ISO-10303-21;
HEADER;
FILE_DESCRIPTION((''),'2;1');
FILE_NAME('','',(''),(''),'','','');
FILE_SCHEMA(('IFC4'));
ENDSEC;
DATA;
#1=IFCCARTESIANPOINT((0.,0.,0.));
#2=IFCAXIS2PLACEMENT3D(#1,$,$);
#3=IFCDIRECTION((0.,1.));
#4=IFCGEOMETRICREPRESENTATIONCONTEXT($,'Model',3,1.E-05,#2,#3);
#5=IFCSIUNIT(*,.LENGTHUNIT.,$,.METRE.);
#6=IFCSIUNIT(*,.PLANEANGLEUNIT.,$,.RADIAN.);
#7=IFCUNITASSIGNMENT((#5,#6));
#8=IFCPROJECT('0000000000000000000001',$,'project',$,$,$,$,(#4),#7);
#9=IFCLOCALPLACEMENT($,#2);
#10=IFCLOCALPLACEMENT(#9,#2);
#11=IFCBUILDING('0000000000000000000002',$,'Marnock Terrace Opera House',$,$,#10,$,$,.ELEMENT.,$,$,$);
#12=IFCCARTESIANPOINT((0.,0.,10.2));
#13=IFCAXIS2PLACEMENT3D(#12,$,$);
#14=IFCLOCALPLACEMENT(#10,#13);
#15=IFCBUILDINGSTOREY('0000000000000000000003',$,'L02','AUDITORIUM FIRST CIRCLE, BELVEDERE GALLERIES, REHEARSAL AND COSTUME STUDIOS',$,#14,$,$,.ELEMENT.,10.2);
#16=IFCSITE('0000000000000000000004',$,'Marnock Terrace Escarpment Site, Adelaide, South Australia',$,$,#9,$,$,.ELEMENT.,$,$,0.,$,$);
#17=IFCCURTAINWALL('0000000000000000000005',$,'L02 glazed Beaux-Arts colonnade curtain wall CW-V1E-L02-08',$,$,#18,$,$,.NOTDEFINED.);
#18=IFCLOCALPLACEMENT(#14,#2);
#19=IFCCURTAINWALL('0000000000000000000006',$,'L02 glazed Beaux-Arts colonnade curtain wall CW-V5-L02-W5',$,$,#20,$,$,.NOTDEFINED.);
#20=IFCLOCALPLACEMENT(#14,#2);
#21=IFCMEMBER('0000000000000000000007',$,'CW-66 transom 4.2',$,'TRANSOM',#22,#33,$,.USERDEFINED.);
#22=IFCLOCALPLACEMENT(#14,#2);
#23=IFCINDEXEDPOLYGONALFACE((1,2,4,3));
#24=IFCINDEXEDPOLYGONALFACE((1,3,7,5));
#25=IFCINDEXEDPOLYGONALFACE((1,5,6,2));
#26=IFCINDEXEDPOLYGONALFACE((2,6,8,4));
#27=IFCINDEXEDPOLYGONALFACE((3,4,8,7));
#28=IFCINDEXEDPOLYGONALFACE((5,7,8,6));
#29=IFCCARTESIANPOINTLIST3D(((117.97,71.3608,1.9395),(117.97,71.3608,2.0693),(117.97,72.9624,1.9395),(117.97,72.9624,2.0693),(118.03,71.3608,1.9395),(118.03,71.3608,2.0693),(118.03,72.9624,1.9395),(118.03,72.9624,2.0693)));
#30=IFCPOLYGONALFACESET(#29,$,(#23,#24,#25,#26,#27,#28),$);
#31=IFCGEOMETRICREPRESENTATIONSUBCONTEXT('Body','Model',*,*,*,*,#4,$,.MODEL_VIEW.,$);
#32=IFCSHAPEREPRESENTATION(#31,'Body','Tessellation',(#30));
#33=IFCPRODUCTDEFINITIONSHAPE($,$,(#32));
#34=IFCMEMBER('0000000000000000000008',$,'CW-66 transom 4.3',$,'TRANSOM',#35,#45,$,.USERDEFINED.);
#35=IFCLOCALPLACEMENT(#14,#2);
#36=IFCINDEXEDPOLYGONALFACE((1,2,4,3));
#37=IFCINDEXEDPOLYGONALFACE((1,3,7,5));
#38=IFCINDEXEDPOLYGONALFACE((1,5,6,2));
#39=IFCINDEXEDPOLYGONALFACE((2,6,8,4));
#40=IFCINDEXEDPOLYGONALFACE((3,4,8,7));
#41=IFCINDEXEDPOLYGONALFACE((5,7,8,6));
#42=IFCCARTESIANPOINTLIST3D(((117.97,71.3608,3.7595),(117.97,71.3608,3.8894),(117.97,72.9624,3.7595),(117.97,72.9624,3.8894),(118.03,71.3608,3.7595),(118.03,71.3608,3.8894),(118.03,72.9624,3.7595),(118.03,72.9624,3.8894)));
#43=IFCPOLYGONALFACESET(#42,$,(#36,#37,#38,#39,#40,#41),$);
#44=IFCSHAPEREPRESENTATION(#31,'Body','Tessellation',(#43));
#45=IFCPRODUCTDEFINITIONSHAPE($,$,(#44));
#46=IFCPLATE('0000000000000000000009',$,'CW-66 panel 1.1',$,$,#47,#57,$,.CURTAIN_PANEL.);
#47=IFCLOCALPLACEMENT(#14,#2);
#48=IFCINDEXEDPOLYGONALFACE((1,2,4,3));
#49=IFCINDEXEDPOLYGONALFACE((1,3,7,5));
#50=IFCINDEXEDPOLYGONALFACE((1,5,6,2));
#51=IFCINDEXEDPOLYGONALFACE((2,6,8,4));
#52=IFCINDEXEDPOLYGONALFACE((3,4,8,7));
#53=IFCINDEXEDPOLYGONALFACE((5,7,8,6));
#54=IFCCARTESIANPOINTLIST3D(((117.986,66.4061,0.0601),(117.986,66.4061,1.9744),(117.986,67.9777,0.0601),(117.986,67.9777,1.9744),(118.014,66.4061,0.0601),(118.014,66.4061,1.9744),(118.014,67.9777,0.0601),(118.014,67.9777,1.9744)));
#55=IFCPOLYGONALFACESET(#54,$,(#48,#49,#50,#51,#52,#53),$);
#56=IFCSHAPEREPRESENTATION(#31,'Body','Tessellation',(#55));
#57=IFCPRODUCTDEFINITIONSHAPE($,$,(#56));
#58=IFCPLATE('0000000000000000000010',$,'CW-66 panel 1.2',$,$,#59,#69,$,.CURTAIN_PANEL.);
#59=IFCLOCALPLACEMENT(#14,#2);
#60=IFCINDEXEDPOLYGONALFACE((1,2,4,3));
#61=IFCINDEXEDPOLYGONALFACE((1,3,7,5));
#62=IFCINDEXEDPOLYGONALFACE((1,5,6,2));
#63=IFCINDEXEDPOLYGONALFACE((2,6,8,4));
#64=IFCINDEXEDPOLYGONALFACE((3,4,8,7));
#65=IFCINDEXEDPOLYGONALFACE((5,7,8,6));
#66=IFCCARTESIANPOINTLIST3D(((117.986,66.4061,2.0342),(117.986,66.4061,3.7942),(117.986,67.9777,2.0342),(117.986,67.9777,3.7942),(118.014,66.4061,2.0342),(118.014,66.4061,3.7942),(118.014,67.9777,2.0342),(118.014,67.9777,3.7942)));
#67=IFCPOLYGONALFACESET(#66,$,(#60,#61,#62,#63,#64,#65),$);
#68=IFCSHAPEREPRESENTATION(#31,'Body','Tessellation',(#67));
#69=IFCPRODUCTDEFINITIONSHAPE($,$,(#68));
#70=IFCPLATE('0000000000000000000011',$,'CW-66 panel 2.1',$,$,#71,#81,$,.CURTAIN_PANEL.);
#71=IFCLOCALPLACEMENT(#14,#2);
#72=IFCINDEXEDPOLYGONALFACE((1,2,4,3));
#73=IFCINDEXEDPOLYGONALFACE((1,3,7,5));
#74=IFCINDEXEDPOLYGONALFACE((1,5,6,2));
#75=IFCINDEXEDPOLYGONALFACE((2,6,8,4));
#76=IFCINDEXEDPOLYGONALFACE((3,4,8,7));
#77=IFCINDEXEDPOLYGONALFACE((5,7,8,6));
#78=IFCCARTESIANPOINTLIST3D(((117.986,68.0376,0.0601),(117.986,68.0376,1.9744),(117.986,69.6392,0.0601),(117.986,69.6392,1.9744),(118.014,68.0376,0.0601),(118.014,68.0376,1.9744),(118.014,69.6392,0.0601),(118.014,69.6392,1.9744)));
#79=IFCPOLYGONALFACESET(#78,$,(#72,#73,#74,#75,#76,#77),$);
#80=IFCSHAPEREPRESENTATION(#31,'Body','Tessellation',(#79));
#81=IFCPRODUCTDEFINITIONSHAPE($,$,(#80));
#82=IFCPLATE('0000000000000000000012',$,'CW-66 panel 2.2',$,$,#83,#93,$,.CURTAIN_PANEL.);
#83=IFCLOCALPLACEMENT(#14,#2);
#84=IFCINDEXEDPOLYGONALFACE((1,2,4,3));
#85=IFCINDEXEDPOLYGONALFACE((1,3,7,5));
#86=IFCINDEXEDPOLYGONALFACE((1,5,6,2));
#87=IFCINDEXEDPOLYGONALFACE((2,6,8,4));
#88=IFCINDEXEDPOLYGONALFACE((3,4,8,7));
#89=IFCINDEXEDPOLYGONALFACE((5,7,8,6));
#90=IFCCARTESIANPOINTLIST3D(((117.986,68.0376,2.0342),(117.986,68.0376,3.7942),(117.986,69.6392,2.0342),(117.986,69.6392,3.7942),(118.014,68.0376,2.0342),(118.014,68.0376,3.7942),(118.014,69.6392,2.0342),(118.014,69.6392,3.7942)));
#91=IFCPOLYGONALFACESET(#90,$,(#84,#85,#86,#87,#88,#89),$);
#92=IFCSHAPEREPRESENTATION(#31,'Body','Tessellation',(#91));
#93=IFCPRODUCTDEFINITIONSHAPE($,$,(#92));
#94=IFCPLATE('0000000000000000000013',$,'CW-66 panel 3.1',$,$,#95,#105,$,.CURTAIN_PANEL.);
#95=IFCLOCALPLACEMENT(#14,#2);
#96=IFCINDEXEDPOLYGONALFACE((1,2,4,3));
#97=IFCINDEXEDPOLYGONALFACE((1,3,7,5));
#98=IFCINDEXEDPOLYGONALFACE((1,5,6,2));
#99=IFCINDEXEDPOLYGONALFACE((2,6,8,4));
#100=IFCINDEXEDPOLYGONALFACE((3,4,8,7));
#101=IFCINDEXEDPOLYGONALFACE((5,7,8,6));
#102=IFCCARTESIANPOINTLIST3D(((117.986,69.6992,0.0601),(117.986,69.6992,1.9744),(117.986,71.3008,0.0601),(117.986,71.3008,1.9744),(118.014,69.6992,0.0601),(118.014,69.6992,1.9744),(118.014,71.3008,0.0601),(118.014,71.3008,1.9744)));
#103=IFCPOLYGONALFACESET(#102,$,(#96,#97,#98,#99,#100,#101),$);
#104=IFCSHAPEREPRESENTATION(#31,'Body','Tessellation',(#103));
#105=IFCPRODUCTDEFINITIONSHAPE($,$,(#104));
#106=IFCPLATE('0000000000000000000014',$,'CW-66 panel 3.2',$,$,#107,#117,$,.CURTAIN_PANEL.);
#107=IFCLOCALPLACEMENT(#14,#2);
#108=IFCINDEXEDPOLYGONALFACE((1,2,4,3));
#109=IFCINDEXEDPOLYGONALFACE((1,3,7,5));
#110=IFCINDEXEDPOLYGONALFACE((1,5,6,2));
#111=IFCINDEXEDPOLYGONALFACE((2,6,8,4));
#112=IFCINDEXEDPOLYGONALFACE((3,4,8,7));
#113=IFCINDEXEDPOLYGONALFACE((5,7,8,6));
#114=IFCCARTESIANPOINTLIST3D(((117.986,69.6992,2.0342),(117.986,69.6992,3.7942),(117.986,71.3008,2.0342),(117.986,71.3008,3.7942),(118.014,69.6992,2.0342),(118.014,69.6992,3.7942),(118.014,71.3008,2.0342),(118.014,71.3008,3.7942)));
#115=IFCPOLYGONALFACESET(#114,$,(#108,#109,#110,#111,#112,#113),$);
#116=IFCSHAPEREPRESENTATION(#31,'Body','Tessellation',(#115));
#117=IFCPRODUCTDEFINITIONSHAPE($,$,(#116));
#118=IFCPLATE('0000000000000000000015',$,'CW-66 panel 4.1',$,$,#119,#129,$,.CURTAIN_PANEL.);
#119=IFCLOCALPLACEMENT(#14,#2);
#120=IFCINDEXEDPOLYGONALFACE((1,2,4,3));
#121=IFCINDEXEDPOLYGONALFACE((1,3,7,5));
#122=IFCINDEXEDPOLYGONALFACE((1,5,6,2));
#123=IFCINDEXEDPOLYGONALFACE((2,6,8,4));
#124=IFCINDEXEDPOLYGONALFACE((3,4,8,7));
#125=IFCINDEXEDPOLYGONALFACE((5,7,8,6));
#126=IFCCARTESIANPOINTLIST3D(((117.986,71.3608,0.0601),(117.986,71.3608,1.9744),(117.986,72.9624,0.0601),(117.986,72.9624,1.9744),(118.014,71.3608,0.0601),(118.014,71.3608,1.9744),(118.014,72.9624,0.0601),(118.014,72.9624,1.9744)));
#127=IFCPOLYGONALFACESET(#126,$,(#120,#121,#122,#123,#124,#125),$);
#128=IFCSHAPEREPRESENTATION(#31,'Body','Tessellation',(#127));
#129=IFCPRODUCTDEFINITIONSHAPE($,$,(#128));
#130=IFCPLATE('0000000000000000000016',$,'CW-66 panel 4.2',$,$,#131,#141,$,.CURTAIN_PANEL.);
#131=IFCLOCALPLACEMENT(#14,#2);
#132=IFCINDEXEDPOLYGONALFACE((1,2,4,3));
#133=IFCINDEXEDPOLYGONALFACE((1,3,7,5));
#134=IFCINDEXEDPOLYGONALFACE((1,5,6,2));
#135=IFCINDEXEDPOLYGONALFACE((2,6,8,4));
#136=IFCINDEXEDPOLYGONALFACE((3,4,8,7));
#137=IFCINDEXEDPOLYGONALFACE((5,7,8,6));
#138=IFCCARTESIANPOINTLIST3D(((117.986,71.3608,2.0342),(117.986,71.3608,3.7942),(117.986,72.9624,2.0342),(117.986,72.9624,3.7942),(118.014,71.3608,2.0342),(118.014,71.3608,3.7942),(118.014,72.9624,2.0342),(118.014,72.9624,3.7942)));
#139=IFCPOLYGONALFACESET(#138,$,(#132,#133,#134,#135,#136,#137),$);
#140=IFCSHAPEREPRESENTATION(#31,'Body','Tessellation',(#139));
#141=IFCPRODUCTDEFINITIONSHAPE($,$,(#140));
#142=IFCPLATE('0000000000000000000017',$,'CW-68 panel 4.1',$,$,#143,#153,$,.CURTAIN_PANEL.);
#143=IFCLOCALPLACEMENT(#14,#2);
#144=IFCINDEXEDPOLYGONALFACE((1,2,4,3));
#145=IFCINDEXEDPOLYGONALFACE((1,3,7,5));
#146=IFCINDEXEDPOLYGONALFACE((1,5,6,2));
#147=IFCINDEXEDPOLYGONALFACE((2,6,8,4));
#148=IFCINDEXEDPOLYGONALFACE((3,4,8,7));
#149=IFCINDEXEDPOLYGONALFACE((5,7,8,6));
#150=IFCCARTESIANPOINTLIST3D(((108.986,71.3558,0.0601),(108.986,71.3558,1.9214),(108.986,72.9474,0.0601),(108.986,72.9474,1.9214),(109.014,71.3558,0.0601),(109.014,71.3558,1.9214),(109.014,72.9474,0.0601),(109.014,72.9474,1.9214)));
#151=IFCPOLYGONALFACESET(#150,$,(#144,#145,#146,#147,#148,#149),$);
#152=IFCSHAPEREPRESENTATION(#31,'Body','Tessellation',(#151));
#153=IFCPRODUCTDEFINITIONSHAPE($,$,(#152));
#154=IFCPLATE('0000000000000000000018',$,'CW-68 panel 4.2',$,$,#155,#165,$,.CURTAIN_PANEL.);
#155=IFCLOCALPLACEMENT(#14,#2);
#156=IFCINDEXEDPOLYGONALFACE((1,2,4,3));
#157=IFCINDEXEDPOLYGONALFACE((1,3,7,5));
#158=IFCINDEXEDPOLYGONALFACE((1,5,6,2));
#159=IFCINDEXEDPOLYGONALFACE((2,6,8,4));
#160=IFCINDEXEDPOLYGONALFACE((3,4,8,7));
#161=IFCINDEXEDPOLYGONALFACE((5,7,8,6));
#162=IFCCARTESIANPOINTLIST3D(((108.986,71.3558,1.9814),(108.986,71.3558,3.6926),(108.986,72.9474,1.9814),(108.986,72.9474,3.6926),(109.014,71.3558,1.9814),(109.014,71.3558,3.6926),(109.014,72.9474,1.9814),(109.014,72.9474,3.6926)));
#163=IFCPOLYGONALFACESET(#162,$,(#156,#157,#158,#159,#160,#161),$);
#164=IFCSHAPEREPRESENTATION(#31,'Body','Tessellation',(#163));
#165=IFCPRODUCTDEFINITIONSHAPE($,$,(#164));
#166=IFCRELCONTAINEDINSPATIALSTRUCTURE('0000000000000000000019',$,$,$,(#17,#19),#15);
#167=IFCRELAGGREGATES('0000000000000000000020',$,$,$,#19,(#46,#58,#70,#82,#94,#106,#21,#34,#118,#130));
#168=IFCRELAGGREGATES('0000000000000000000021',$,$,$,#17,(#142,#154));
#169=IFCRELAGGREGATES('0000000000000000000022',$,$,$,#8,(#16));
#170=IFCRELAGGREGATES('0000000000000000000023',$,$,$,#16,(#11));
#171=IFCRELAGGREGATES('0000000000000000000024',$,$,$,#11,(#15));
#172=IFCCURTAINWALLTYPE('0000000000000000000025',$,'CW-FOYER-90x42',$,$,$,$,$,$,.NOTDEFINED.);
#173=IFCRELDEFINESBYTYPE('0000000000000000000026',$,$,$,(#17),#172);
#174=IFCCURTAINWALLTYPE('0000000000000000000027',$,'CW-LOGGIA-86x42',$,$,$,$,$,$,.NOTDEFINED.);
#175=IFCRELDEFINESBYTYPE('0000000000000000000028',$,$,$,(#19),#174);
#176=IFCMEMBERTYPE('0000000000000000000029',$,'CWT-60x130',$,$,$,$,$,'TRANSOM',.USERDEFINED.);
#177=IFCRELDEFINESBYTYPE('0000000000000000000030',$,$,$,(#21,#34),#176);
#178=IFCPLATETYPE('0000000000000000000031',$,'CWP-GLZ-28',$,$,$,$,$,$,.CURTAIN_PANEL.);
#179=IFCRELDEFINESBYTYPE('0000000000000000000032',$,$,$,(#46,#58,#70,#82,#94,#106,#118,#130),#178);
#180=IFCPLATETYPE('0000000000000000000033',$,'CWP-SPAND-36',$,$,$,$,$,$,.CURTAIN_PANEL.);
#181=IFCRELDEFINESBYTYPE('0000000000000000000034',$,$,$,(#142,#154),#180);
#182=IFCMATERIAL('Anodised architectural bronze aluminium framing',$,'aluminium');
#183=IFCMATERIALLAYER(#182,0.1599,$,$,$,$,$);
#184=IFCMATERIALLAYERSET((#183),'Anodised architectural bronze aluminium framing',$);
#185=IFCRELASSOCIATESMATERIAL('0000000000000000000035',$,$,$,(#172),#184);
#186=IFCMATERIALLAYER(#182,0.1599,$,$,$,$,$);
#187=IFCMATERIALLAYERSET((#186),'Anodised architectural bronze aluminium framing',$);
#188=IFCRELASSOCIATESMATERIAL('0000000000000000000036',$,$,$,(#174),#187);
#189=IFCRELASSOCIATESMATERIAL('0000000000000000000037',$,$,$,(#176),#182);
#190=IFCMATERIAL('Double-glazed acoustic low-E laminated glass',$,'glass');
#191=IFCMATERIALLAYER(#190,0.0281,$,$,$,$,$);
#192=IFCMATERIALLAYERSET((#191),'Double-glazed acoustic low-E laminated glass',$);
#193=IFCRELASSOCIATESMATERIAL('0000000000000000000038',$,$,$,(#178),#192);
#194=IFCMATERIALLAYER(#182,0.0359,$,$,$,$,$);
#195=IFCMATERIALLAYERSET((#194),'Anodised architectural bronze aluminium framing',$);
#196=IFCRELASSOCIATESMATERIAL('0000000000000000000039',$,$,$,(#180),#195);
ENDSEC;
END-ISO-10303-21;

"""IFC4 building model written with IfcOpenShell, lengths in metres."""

from ifc_helpers import new_model, si_unit, direction, frame, origin, origin_2d, place, context, subcontext, project, spatial, rectangle, extrude, material, layer, layer_set, material_profile, profile_set, type_object, element, aggregate, save


model = new_model("IFC4")

# Units and contexts
model_context = context("Model", 3, precision=1e-05, world=origin(), true_north=direction((0.0, 1.0)))
body_context = subcontext(model_context, "Body", "Model", "MODEL_VIEW")
ifc_project = project(units=[si_unit("LENGTHUNIT", "METRE"), si_unit("PLANEANGLEUNIT", "RADIAN")], contexts=[model_context])

# Site, building, storey
site_placement = place(None, origin())
site = spatial("IfcSite", under=ifc_project, at=site_placement, Name="Marnock Terrace Escarpment Site, Adelaide, South Australia", CompositionType="ELEMENT", RefElevation=0.0)
building_placement = place(site_placement, origin())
building = spatial("IfcBuilding", under=site, at=building_placement, Name="Marnock Terrace Opera House", CompositionType="ELEMENT")
storey_placement = place(building_placement, frame((0.0, 0.0, 10.2)))
storey = spatial("IfcBuildingStorey", under=building, at=storey_placement, Name="L02", Description="AUDITORIUM FIRST CIRCLE, BELVEDERE GALLERIES, REHEARSAL AND COSTUME STUDIOS", CompositionType="ELEMENT", Elevation=10.2)

# Curtain wall
ifc_material_1 = material(Name="Anodised architectural bronze aluminium framing", Category="aluminium")
ifc_layer_1 = layer(ifc_material_1, 0.1599)
ifc_layer_set_1 = layer_set([ifc_layer_1], Name="Anodised architectural bronze aluminium framing")
curtain_wall_type_1 = type_object("IfcCurtainWallType", Name="CW-FOYER-90x42", PredefinedType="NOTDEFINED", material=ifc_layer_set_1)
curtain_wall_1_placement = place(storey_placement, origin())
curtain_wall_1 = element("IfcCurtainWall", 1, at=curtain_wall_1_placement, inside=storey, type_object=curtain_wall_type_1, Name="L02 glazed Beaux-Arts colonnade curtain wall CW-V1E-L02-08", PredefinedType="NOTDEFINED")

# Curtain wall
ifc_layer_2 = layer(ifc_material_1, 0.1599)
ifc_layer_set_2 = layer_set([ifc_layer_2], Name="Anodised architectural bronze aluminium framing")
curtain_wall_type_2 = type_object("IfcCurtainWallType", Name="CW-LOGGIA-86x42", PredefinedType="NOTDEFINED", material=ifc_layer_set_2)
curtain_wall_2_placement = place(storey_placement, origin())
curtain_wall_2 = element("IfcCurtainWall", 2, at=curtain_wall_2_placement, inside=storey, type_object=curtain_wall_type_2, Name="L02 glazed Beaux-Arts colonnade curtain wall CW-V5-L02-W5", PredefinedType="NOTDEFINED")

# Members
ifc_material_profile_1 = material_profile(ifc_material_1, rectangle(XDim=0.0601, YDim=0.1299, at=origin_2d()))
ifc_profile_set_1 = profile_set([ifc_material_profile_1], Name="Anodised architectural bronze aluminium framing")
member_type_1 = type_object("IfcMemberType", Name="CWT-60x130", ElementType="TRANSOM", PredefinedType="USERDEFINED", material=ifc_profile_set_1)
member_1_placement = place(storey_placement, frame((118.0, 71.3608, 2.0044), z_axis=(0.0, 1.0, 0.0), x_axis=(-1.0, 0.0, 0.0)))
member_1 = element("IfcMember", 3, at=member_1_placement, type_object=member_type_1, Name="CW-66 transom 4.2", ObjectType="TRANSOM", PredefinedType="USERDEFINED", context=body_context, shape_type="SweptSolid", body=[
    extrude(rectangle(XDim=0.0601, YDim=0.1299, at=origin_2d()), origin(), (0.0, 0.0, 1.0), 1.6016),
])
member_2_placement = place(storey_placement, frame((118.0, 71.3608, 3.8245), z_axis=(0.0, 1.0, 0.0), x_axis=(-1.0, 0.0, 0.0)))
member_2 = element("IfcMember", 4, at=member_2_placement, type_object=member_type_1, Name="CW-66 transom 4.3", ObjectType="TRANSOM", PredefinedType="USERDEFINED", context=body_context, shape_type="SweptSolid", body=[
    extrude(rectangle(XDim=0.0601, YDim=0.1299, at=origin_2d()), origin(), (0.0, 0.0, 1.0), 1.6016),
])

# Plates
ifc_material_2 = material(Name="Double-glazed acoustic low-E laminated glass", Category="glass")
ifc_layer_3 = layer(ifc_material_2, 0.0281)
ifc_layer_set_3 = layer_set([ifc_layer_3], Name="Double-glazed acoustic low-E laminated glass")
plate_type_1 = type_object("IfcPlateType", Name="CWP-GLZ-28", PredefinedType="CURTAIN_PANEL", material=ifc_layer_set_3)
plate_1_placement = place(storey_placement, frame((118.0, 67.1919, 0.0601), z_axis=(0.0, 0.0, 1.0), x_axis=(0.0, 1.0, 0.0)))
plate_1 = element("IfcPlate", 5, at=plate_1_placement, type_object=plate_type_1, Name="CW-66 panel 1.1", PredefinedType="CURTAIN_PANEL", context=body_context, shape_type="SweptSolid", body=[
    extrude(rectangle(XDim=1.5715, YDim=0.0281, at=origin_2d()), origin(), (0.0, 0.0, 1.0), 1.9143),
])
plate_2_placement = place(storey_placement, frame((118.0, 67.1919, 2.0342), z_axis=(0.0, 0.0, 1.0), x_axis=(0.0, 1.0, 0.0)))
plate_2 = element("IfcPlate", 6, at=plate_2_placement, type_object=plate_type_1, Name="CW-66 panel 1.2", PredefinedType="CURTAIN_PANEL", context=body_context, shape_type="SweptSolid", body=[
    extrude(rectangle(XDim=1.5715, YDim=0.0281, at=origin_2d()), origin(), (0.0, 0.0, 1.0), 1.76),
])
plate_3_placement = place(storey_placement, frame((118.0, 68.8384, 0.0601), z_axis=(0.0, 0.0, 1.0), x_axis=(0.0, 1.0, 0.0)))
plate_3 = element("IfcPlate", 7, at=plate_3_placement, type_object=plate_type_1, Name="CW-66 panel 2.1", PredefinedType="CURTAIN_PANEL", context=body_context, shape_type="SweptSolid", body=[
    extrude(rectangle(XDim=1.6016, YDim=0.0281, at=origin_2d()), origin(), (0.0, 0.0, 1.0), 1.9143),
])
plate_4_placement = place(storey_placement, frame((118.0, 68.8384, 2.0342), z_axis=(0.0, 0.0, 1.0), x_axis=(0.0, 1.0, 0.0)))
plate_4 = element("IfcPlate", 8, at=plate_4_placement, type_object=plate_type_1, Name="CW-66 panel 2.2", PredefinedType="CURTAIN_PANEL", context=body_context, shape_type="SweptSolid", body=[
    extrude(rectangle(XDim=1.6016, YDim=0.0281, at=origin_2d()), origin(), (0.0, 0.0, 1.0), 1.76),
])
plate_5_placement = place(storey_placement, frame((118.0, 70.5, 0.0601), z_axis=(0.0, 0.0, 1.0), x_axis=(0.0, 1.0, 0.0)))
plate_5 = element("IfcPlate", 9, at=plate_5_placement, type_object=plate_type_1, Name="CW-66 panel 3.1", PredefinedType="CURTAIN_PANEL", context=body_context, shape_type="SweptSolid", body=[
    extrude(rectangle(XDim=1.6016, YDim=0.0281, at=origin_2d()), origin(), (0.0, 0.0, 1.0), 1.9143),
])
plate_6_placement = place(storey_placement, frame((118.0, 70.5, 2.0342), z_axis=(0.0, 0.0, 1.0), x_axis=(0.0, 1.0, 0.0)))
plate_6 = element("IfcPlate", 10, at=plate_6_placement, type_object=plate_type_1, Name="CW-66 panel 3.2", PredefinedType="CURTAIN_PANEL", context=body_context, shape_type="SweptSolid", body=[
    extrude(rectangle(XDim=1.6016, YDim=0.0281, at=origin_2d()), origin(), (0.0, 0.0, 1.0), 1.76),
])
plate_7_placement = place(storey_placement, frame((118.0, 72.1616, 0.0601), z_axis=(0.0, 0.0, 1.0), x_axis=(0.0, 1.0, 0.0)))
plate_7 = element("IfcPlate", 11, at=plate_7_placement, type_object=plate_type_1, Name="CW-66 panel 4.1", PredefinedType="CURTAIN_PANEL", context=body_context, shape_type="SweptSolid", body=[
    extrude(rectangle(XDim=1.6016, YDim=0.0281, at=origin_2d()), origin(), (0.0, 0.0, 1.0), 1.9143),
])
plate_8_placement = place(storey_placement, frame((118.0, 72.1616, 2.0342), z_axis=(0.0, 0.0, 1.0), x_axis=(0.0, 1.0, 0.0)))
plate_8 = element("IfcPlate", 12, at=plate_8_placement, type_object=plate_type_1, Name="CW-66 panel 4.2", PredefinedType="CURTAIN_PANEL", context=body_context, shape_type="SweptSolid", body=[
    extrude(rectangle(XDim=1.6016, YDim=0.0281, at=origin_2d()), origin(), (0.0, 0.0, 1.0), 1.76),
])
aggregate(curtain_wall_2, [plate_1, plate_2, plate_3, plate_4, plate_5, plate_6, member_1, member_2, plate_7, plate_8])
ifc_layer_4 = layer(ifc_material_1, 0.0359)
ifc_layer_set_4 = layer_set([ifc_layer_4], Name="Anodised architectural bronze aluminium framing")
plate_type_2 = type_object("IfcPlateType", Name="CWP-SPAND-36", PredefinedType="CURTAIN_PANEL", material=ifc_layer_set_4)
plate_9_placement = place(storey_placement, frame((109.0, 72.1516, 0.0601), z_axis=(0.0, 0.0, 1.0), x_axis=(0.0, 1.0, 0.0)))
plate_9 = element("IfcPlate", 13, at=plate_9_placement, type_object=plate_type_2, Name="CW-68 panel 4.1", PredefinedType="CURTAIN_PANEL", context=body_context, shape_type="SweptSolid", body=[
    extrude(rectangle(XDim=1.5916, YDim=0.0281, at=origin_2d()), origin(), (0.0, 0.0, 1.0), 1.8613),
])
plate_10_placement = place(storey_placement, frame((109.0, 72.1516, 1.9814), z_axis=(0.0, 0.0, 1.0), x_axis=(0.0, 1.0, 0.0)))
plate_10 = element("IfcPlate", 14, at=plate_10_placement, type_object=plate_type_2, Name="CW-68 panel 4.2", PredefinedType="CURTAIN_PANEL", context=body_context, shape_type="SweptSolid", body=[
    extrude(rectangle(XDim=1.5916, YDim=0.0281, at=origin_2d()), origin(), (0.0, 0.0, 1.0), 1.7112),
])
aggregate(curtain_wall_1, [plate_9, plate_10])

save(model, "model.ifc")
